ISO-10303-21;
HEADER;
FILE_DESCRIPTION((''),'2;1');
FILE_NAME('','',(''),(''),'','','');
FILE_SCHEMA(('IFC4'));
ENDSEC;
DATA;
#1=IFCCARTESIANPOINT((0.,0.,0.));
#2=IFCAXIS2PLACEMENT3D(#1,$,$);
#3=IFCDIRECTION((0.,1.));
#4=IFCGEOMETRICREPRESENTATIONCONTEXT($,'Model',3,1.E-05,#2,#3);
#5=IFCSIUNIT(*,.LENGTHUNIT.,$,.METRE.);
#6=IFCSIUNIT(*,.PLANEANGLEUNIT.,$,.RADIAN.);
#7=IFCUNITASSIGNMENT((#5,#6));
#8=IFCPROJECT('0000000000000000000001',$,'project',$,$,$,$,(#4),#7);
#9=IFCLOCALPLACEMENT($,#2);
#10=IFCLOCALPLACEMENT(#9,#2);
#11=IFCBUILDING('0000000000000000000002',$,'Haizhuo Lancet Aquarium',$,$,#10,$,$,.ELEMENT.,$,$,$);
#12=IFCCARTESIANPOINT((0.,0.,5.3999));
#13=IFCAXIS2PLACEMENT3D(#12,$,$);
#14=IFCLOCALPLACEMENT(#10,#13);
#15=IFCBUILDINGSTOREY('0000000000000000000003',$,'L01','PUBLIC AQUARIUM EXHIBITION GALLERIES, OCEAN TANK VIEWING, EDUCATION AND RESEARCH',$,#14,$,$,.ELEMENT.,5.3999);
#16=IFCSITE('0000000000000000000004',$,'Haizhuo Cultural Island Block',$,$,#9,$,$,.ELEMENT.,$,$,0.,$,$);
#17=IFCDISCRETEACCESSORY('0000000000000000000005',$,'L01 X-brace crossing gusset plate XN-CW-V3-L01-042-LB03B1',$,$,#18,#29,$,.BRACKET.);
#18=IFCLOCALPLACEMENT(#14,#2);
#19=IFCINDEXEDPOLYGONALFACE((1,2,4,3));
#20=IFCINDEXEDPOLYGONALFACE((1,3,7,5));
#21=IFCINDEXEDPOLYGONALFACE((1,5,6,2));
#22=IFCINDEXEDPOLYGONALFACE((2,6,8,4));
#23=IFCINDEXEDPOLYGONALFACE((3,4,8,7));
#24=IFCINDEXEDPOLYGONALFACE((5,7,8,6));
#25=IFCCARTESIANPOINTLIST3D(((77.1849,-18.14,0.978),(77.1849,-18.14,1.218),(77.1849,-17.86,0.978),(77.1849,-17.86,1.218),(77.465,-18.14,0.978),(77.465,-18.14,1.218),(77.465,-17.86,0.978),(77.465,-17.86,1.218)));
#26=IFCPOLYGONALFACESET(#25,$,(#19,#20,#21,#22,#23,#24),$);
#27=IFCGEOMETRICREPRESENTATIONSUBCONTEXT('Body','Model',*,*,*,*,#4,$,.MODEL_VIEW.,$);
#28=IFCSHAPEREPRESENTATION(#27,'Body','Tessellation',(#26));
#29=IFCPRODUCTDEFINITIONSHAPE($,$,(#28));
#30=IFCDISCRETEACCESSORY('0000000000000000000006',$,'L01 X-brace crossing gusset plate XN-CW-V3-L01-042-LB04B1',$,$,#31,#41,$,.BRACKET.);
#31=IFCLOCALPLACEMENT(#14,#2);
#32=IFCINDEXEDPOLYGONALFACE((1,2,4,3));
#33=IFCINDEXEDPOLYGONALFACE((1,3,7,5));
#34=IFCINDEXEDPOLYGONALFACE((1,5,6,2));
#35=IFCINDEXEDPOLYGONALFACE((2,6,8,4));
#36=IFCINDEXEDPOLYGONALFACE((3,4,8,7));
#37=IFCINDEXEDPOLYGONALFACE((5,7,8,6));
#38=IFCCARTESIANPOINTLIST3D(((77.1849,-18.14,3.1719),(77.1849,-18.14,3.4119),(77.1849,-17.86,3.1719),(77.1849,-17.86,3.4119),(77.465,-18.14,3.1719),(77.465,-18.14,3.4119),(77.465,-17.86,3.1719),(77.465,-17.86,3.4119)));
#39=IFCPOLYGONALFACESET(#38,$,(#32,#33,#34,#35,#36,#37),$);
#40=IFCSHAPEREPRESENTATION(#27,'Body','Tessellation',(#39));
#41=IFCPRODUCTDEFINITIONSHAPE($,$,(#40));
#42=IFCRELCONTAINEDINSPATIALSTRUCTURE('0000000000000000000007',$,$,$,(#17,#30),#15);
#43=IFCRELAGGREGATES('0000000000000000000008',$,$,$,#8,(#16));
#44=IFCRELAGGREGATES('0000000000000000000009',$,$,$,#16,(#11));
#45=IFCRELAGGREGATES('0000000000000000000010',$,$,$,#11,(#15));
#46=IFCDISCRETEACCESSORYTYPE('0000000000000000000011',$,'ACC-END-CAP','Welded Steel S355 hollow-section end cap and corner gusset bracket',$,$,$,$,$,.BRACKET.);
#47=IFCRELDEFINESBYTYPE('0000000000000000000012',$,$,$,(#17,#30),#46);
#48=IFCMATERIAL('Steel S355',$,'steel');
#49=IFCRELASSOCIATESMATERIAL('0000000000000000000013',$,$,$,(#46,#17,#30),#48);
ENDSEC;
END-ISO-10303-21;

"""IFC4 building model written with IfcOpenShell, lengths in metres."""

from ifc_helpers import new_model, si_unit, direction, frame, origin, origin_2d, place, context, subcontext, project, spatial, rectangle, extrude, material, type_object, element, save


model = new_model("IFC4")

# Units and contexts
model_context = context("Model", 3, precision=1e-05, world=origin(), true_north=direction((0.0, 1.0)))
body_context = subcontext(model_context, "Body", "Model", "MODEL_VIEW")
ifc_project = project(units=[si_unit("LENGTHUNIT", "METRE"), si_unit("PLANEANGLEUNIT", "RADIAN")], contexts=[model_context])

# Site, building, storey
site_placement = place(None, origin())
site = spatial("IfcSite", under=ifc_project, at=site_placement, Name="Haizhuo Cultural Island Block", CompositionType="ELEMENT", RefElevation=0.0)
building_placement = place(site_placement, origin())
building = spatial("IfcBuilding", under=site, at=building_placement, Name="Haizhuo Lancet Aquarium", CompositionType="ELEMENT")
storey_placement = place(building_placement, frame((0.0, 0.0, 5.3999)))
storey = spatial("IfcBuildingStorey", under=building, at=storey_placement, Name="L01", Description="PUBLIC AQUARIUM EXHIBITION GALLERIES, OCEAN TANK VIEWING, EDUCATION AND RESEARCH", CompositionType="ELEMENT", Elevation=5.3999)

# Shared definitions
ifc_material_1 = material(Name="Steel S355", Category="steel")

# Discrete accessories
discrete_accessory_type = type_object("IfcDiscreteAccessoryType", Name="ACC-END-CAP", Description="Welded Steel S355 hollow-section end cap and corner gusset bracket", PredefinedType="BRACKET", material=ifc_material_1)
for number, where, z_axis, x_axis, name in (
    (1, (77.325, -18.0, 0.978), (0.0, 0.0, 1.0), (1.0, 0.0, 0.0), "L01 X-brace crossing gusset plate XN-CW-V3-L01-042-LB03B1"),
    (2, (77.325, -18.0, 3.1719), (0.0, 0.0, 1.0), (1.0, 0.0, 0.0), "L01 X-brace crossing gusset plate XN-CW-V3-L01-042-LB04B1"),
):
    element("IfcDiscreteAccessory", number, at=place(storey_placement, frame(where, z_axis=z_axis, x_axis=x_axis)), inside=storey, type_object=discrete_accessory_type, material=ifc_material_1, Name=name, PredefinedType="BRACKET", context=body_context, shape_type="SweptSolid", body=[
        extrude(rectangle(XDim=0.28, YDim=0.28, at=origin_2d()), origin(), (0.0, 0.0, 1.0), 0.24),
    ])

save(model, "model.ifc")
